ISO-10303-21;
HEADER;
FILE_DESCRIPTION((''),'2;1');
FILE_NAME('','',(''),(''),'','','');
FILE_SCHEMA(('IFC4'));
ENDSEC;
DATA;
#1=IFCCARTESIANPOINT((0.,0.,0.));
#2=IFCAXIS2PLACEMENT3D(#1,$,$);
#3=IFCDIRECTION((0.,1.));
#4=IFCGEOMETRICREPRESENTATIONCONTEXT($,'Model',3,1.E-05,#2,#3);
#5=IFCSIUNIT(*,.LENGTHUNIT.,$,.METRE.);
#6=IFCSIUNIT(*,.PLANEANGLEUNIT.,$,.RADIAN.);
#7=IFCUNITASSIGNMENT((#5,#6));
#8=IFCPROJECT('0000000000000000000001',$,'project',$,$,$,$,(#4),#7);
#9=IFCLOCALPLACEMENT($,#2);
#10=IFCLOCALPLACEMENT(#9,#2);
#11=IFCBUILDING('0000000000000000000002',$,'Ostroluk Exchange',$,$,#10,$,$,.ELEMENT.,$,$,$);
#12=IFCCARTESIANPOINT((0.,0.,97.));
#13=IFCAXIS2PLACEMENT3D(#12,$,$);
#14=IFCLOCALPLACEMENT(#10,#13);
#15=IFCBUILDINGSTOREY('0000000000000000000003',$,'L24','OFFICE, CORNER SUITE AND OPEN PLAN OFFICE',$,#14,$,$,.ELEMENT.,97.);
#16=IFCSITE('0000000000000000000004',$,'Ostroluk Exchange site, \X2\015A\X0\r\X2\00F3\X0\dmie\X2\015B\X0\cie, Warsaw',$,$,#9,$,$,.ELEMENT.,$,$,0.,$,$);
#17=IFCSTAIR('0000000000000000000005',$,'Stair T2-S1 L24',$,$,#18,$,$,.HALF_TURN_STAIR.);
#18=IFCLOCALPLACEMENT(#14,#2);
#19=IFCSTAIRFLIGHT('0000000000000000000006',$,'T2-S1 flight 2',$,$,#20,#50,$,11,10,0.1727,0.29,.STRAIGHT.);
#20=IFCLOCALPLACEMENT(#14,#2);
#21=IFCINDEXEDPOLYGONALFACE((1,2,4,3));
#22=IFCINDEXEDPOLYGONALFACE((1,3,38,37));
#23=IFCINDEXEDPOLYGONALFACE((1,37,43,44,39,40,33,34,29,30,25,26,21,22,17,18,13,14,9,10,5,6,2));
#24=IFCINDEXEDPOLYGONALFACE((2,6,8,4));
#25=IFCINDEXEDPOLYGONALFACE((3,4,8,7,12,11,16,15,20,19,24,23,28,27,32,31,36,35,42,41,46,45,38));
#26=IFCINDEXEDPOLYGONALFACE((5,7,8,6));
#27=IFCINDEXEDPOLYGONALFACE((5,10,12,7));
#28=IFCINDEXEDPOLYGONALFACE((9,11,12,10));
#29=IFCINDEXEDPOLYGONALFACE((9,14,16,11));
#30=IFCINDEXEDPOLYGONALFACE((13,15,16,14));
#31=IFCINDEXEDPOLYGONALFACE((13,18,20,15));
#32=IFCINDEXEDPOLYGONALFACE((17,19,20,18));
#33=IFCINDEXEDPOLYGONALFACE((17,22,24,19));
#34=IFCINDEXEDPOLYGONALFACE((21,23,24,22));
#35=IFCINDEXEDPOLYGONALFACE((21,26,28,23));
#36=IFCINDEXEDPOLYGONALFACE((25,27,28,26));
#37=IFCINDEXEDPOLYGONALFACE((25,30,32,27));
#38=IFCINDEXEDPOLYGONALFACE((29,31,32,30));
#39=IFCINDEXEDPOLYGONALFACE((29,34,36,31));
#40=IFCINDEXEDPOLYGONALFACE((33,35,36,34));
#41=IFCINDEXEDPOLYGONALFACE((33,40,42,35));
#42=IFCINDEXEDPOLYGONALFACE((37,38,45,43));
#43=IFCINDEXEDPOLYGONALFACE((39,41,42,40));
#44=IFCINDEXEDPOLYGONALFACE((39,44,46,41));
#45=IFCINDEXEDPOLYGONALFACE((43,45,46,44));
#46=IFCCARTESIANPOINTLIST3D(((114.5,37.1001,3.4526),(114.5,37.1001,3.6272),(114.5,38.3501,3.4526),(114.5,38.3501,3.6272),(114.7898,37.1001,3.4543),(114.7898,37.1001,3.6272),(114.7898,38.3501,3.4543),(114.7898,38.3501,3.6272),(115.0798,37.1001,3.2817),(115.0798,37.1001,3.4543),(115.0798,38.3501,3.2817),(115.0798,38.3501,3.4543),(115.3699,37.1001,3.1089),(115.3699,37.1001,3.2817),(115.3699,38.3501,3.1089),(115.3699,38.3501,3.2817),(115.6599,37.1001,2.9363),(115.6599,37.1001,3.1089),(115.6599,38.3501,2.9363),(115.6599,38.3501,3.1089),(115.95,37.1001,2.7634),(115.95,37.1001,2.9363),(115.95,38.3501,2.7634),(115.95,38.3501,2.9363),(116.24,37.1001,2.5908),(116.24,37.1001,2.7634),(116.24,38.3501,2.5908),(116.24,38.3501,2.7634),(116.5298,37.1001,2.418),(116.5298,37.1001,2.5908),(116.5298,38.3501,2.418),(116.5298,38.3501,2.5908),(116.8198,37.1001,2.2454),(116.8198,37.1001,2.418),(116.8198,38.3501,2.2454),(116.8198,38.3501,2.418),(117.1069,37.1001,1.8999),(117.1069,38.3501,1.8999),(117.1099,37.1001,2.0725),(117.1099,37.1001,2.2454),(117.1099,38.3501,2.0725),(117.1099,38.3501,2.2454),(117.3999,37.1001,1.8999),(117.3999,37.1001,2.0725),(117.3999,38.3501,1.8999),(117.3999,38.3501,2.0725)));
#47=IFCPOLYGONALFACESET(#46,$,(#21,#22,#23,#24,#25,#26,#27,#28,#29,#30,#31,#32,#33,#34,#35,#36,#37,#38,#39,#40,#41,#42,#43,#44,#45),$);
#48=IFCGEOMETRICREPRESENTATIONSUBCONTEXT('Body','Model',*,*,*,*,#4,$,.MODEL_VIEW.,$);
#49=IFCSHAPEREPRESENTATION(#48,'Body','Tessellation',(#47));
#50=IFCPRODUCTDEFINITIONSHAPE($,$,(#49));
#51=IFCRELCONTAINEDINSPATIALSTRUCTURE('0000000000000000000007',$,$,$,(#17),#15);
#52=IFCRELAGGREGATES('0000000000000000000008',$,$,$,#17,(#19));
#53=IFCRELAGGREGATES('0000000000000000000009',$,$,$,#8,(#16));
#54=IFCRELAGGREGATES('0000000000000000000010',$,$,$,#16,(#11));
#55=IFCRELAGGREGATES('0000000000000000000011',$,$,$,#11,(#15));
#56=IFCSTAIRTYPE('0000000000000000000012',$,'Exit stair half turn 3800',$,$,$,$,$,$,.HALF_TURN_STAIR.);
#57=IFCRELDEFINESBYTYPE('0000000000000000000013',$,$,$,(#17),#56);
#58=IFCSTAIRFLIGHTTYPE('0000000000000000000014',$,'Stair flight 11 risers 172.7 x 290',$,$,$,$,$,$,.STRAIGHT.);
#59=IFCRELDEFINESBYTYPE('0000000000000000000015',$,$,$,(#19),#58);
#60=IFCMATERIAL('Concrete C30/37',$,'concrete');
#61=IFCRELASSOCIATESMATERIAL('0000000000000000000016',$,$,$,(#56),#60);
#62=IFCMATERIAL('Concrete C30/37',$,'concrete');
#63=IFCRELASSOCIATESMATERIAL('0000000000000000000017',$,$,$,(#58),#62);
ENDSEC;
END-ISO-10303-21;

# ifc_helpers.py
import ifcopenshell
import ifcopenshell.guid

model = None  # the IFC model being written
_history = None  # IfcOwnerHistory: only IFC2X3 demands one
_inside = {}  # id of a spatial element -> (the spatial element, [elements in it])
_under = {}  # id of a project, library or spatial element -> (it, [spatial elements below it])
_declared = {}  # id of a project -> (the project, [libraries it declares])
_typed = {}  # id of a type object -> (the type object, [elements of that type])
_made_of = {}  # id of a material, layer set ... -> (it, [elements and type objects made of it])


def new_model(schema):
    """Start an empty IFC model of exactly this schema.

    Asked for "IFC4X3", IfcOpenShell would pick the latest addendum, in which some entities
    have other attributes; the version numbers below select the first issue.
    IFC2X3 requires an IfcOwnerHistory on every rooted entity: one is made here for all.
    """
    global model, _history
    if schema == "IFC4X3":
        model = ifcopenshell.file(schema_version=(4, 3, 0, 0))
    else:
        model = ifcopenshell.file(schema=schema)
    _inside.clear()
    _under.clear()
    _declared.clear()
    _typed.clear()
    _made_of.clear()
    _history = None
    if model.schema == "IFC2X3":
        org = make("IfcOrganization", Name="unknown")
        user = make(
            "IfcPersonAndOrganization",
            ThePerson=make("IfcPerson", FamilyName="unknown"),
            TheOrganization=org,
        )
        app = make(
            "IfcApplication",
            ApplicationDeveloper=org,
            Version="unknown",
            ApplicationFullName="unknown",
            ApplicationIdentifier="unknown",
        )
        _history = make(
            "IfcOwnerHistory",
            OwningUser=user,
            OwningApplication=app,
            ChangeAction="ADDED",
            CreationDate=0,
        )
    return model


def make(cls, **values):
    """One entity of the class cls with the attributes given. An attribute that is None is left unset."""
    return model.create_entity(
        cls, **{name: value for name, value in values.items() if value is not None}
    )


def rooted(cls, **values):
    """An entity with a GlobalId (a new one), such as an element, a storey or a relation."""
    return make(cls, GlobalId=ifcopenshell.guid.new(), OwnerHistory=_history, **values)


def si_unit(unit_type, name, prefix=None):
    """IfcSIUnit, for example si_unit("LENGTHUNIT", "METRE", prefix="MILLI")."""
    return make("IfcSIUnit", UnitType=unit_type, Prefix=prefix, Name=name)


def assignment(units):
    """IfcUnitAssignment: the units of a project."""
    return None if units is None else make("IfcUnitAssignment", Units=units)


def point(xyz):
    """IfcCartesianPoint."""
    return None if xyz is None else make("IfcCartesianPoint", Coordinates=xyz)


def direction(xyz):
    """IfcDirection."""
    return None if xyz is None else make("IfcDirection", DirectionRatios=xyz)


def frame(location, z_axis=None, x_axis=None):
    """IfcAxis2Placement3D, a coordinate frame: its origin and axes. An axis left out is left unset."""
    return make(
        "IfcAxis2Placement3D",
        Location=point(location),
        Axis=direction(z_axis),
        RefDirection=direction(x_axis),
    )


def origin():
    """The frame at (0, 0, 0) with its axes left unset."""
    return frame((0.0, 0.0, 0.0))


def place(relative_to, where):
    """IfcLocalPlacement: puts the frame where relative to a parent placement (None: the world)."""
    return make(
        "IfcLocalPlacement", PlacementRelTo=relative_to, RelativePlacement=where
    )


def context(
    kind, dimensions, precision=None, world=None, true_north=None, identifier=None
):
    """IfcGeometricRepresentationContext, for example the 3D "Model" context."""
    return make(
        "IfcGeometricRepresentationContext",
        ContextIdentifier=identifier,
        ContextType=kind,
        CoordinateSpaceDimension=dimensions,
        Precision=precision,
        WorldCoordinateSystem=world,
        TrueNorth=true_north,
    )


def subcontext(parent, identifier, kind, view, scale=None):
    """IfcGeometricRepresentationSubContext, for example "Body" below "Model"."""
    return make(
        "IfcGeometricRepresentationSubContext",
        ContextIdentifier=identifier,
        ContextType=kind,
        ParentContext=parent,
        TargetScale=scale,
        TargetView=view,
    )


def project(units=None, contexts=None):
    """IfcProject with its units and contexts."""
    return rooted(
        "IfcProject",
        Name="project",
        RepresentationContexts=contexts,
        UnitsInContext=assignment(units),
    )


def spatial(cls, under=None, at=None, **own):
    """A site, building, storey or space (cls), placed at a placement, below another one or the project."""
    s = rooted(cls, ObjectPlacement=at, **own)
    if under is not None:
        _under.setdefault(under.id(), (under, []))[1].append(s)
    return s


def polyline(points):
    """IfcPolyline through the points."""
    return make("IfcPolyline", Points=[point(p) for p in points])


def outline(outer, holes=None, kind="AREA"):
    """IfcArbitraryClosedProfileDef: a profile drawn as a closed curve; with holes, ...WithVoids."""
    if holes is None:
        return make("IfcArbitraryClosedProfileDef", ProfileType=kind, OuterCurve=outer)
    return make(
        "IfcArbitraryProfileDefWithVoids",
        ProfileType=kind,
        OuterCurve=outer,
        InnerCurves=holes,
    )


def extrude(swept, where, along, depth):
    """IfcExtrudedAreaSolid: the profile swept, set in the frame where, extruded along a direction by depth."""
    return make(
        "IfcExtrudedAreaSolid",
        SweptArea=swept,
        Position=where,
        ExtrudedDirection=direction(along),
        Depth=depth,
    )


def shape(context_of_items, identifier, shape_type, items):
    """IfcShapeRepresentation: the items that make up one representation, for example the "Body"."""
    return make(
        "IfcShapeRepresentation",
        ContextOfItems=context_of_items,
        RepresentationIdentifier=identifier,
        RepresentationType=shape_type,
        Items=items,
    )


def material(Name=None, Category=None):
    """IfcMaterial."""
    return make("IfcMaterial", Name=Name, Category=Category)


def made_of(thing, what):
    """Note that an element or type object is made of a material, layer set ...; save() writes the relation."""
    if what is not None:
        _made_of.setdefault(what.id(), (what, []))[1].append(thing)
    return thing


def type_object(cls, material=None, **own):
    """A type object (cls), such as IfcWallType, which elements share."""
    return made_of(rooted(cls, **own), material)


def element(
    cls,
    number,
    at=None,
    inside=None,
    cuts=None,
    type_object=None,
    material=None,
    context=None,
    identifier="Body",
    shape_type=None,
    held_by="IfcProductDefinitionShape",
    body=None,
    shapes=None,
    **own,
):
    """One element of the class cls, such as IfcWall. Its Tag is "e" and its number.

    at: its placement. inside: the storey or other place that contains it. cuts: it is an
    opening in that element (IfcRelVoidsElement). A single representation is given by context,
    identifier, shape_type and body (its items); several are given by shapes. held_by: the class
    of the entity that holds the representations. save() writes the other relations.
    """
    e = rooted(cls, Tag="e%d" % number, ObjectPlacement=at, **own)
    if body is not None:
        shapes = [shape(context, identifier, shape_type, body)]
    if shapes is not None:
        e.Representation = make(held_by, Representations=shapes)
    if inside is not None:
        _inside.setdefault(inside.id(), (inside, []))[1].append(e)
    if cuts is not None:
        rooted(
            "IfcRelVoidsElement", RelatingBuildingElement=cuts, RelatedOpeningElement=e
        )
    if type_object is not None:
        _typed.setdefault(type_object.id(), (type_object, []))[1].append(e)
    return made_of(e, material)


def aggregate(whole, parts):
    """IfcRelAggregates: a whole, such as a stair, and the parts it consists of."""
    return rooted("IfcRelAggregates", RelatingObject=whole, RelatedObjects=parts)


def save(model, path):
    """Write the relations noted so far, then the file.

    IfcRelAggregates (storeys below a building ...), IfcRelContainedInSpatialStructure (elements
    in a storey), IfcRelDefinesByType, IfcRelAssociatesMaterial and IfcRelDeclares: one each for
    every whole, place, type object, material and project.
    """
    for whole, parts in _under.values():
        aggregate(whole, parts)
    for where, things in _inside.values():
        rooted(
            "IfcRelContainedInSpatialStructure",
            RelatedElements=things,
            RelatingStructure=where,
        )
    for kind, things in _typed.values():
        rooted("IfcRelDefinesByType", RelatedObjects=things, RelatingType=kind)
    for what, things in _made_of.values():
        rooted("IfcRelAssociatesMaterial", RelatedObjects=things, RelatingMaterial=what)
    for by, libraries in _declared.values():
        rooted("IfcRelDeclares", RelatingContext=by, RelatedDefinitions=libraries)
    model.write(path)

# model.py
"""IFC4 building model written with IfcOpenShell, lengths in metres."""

from ifc_helpers import new_model, si_unit, direction, frame, origin, place, context, subcontext, project, spatial, polyline, outline, extrude, material, type_object, element, aggregate, save


model = new_model("IFC4")

# Units and contexts
model_context = context("Model", 3, precision=1e-05, world=origin(), true_north=direction((0.0, 1.0)))
body_context = subcontext(model_context, "Body", "Model", "MODEL_VIEW")
ifc_project = project(units=[si_unit("LENGTHUNIT", "METRE"), si_unit("PLANEANGLEUNIT", "RADIAN")], contexts=[model_context])

# Site, building, storey
site_placement = place(None, origin())
site = spatial("IfcSite", under=ifc_project, at=site_placement, Name="Ostroluk Exchange site, Śródmieście, Warsaw", CompositionType="ELEMENT", RefElevation=0.0)
building_placement = place(site_placement, origin())
building = spatial("IfcBuilding", under=site, at=building_placement, Name="Ostroluk Exchange", CompositionType="ELEMENT")
storey_placement = place(building_placement, frame((0.0, 0.0, 97.0)))
storey = spatial("IfcBuildingStorey", under=building, at=storey_placement, Name="L24", Description="OFFICE, CORNER SUITE AND OPEN PLAN OFFICE", CompositionType="ELEMENT", Elevation=97.0)

# Stair, stair flight
ifc_material_1 = material(Name="Concrete C30/37", Category="concrete")
stair_type = type_object("IfcStairType", Name="Exit stair half turn 3800", PredefinedType="HALF_TURN_STAIR", material=ifc_material_1)
stair_placement = place(storey_placement, origin())
stair = element("IfcStair", 1, at=stair_placement, inside=storey, type_object=stair_type, Name="Stair T2-S1 L24", PredefinedType="HALF_TURN_STAIR")
ifc_material_2 = material(Name="Concrete C30/37", Category="concrete")
stair_flight_type = type_object("IfcStairFlightType", Name="Stair flight 11 risers 172.7 x 290", PredefinedType="STRAIGHT", material=ifc_material_2)
stair_flight_placement = place(storey_placement, frame((117.3999, 37.7251, 1.8999), z_axis=(0.0, 0.0, 1.0), x_axis=(-1.0, 0.0, 0.0)))
stair_flight = element("IfcStairFlight", 2, at=stair_flight_placement, type_object=stair_flight_type, Name="T2-S1 flight 2", NumberOfRisers=11, NumberOfTreads=10, PredefinedType="STRAIGHT", RiserHeight=0.1727, TreadLength=0.29, context=body_context, shape_type="SweptSolid", body=[
    extrude(outline(polyline([(0.0, 0.0), (0.0, 0.1726), (0.29, 0.1726), (0.29, 0.3455), (0.5801, 0.3455), (0.5801, 0.5181), (0.8701, 0.5181), (0.8701, 0.6909), (1.1599, 0.6909), (1.1599, 0.8635), (1.45, 0.8635), (1.45, 1.0364), (1.74, 1.0364), (1.74, 1.209), (2.03, 1.209), (2.03, 1.3818), (2.3201, 1.3818), (2.3201, 1.5544), (2.6101, 1.5544), (2.6101, 1.7273), (2.8999, 1.7273), (2.8999, 1.8999), (2.8999, 1.5527), (0.293, 0.0), (0.0, 0.0)])), frame((0.0, 0.625, 0.0), z_axis=(0.0, -1.0, 0.0), x_axis=(1.0, 0.0, 0.0)), (0.0, 0.0, 1.0), 1.25),
])
aggregate(stair, [stair_flight])

save(model, "model.ifc")
